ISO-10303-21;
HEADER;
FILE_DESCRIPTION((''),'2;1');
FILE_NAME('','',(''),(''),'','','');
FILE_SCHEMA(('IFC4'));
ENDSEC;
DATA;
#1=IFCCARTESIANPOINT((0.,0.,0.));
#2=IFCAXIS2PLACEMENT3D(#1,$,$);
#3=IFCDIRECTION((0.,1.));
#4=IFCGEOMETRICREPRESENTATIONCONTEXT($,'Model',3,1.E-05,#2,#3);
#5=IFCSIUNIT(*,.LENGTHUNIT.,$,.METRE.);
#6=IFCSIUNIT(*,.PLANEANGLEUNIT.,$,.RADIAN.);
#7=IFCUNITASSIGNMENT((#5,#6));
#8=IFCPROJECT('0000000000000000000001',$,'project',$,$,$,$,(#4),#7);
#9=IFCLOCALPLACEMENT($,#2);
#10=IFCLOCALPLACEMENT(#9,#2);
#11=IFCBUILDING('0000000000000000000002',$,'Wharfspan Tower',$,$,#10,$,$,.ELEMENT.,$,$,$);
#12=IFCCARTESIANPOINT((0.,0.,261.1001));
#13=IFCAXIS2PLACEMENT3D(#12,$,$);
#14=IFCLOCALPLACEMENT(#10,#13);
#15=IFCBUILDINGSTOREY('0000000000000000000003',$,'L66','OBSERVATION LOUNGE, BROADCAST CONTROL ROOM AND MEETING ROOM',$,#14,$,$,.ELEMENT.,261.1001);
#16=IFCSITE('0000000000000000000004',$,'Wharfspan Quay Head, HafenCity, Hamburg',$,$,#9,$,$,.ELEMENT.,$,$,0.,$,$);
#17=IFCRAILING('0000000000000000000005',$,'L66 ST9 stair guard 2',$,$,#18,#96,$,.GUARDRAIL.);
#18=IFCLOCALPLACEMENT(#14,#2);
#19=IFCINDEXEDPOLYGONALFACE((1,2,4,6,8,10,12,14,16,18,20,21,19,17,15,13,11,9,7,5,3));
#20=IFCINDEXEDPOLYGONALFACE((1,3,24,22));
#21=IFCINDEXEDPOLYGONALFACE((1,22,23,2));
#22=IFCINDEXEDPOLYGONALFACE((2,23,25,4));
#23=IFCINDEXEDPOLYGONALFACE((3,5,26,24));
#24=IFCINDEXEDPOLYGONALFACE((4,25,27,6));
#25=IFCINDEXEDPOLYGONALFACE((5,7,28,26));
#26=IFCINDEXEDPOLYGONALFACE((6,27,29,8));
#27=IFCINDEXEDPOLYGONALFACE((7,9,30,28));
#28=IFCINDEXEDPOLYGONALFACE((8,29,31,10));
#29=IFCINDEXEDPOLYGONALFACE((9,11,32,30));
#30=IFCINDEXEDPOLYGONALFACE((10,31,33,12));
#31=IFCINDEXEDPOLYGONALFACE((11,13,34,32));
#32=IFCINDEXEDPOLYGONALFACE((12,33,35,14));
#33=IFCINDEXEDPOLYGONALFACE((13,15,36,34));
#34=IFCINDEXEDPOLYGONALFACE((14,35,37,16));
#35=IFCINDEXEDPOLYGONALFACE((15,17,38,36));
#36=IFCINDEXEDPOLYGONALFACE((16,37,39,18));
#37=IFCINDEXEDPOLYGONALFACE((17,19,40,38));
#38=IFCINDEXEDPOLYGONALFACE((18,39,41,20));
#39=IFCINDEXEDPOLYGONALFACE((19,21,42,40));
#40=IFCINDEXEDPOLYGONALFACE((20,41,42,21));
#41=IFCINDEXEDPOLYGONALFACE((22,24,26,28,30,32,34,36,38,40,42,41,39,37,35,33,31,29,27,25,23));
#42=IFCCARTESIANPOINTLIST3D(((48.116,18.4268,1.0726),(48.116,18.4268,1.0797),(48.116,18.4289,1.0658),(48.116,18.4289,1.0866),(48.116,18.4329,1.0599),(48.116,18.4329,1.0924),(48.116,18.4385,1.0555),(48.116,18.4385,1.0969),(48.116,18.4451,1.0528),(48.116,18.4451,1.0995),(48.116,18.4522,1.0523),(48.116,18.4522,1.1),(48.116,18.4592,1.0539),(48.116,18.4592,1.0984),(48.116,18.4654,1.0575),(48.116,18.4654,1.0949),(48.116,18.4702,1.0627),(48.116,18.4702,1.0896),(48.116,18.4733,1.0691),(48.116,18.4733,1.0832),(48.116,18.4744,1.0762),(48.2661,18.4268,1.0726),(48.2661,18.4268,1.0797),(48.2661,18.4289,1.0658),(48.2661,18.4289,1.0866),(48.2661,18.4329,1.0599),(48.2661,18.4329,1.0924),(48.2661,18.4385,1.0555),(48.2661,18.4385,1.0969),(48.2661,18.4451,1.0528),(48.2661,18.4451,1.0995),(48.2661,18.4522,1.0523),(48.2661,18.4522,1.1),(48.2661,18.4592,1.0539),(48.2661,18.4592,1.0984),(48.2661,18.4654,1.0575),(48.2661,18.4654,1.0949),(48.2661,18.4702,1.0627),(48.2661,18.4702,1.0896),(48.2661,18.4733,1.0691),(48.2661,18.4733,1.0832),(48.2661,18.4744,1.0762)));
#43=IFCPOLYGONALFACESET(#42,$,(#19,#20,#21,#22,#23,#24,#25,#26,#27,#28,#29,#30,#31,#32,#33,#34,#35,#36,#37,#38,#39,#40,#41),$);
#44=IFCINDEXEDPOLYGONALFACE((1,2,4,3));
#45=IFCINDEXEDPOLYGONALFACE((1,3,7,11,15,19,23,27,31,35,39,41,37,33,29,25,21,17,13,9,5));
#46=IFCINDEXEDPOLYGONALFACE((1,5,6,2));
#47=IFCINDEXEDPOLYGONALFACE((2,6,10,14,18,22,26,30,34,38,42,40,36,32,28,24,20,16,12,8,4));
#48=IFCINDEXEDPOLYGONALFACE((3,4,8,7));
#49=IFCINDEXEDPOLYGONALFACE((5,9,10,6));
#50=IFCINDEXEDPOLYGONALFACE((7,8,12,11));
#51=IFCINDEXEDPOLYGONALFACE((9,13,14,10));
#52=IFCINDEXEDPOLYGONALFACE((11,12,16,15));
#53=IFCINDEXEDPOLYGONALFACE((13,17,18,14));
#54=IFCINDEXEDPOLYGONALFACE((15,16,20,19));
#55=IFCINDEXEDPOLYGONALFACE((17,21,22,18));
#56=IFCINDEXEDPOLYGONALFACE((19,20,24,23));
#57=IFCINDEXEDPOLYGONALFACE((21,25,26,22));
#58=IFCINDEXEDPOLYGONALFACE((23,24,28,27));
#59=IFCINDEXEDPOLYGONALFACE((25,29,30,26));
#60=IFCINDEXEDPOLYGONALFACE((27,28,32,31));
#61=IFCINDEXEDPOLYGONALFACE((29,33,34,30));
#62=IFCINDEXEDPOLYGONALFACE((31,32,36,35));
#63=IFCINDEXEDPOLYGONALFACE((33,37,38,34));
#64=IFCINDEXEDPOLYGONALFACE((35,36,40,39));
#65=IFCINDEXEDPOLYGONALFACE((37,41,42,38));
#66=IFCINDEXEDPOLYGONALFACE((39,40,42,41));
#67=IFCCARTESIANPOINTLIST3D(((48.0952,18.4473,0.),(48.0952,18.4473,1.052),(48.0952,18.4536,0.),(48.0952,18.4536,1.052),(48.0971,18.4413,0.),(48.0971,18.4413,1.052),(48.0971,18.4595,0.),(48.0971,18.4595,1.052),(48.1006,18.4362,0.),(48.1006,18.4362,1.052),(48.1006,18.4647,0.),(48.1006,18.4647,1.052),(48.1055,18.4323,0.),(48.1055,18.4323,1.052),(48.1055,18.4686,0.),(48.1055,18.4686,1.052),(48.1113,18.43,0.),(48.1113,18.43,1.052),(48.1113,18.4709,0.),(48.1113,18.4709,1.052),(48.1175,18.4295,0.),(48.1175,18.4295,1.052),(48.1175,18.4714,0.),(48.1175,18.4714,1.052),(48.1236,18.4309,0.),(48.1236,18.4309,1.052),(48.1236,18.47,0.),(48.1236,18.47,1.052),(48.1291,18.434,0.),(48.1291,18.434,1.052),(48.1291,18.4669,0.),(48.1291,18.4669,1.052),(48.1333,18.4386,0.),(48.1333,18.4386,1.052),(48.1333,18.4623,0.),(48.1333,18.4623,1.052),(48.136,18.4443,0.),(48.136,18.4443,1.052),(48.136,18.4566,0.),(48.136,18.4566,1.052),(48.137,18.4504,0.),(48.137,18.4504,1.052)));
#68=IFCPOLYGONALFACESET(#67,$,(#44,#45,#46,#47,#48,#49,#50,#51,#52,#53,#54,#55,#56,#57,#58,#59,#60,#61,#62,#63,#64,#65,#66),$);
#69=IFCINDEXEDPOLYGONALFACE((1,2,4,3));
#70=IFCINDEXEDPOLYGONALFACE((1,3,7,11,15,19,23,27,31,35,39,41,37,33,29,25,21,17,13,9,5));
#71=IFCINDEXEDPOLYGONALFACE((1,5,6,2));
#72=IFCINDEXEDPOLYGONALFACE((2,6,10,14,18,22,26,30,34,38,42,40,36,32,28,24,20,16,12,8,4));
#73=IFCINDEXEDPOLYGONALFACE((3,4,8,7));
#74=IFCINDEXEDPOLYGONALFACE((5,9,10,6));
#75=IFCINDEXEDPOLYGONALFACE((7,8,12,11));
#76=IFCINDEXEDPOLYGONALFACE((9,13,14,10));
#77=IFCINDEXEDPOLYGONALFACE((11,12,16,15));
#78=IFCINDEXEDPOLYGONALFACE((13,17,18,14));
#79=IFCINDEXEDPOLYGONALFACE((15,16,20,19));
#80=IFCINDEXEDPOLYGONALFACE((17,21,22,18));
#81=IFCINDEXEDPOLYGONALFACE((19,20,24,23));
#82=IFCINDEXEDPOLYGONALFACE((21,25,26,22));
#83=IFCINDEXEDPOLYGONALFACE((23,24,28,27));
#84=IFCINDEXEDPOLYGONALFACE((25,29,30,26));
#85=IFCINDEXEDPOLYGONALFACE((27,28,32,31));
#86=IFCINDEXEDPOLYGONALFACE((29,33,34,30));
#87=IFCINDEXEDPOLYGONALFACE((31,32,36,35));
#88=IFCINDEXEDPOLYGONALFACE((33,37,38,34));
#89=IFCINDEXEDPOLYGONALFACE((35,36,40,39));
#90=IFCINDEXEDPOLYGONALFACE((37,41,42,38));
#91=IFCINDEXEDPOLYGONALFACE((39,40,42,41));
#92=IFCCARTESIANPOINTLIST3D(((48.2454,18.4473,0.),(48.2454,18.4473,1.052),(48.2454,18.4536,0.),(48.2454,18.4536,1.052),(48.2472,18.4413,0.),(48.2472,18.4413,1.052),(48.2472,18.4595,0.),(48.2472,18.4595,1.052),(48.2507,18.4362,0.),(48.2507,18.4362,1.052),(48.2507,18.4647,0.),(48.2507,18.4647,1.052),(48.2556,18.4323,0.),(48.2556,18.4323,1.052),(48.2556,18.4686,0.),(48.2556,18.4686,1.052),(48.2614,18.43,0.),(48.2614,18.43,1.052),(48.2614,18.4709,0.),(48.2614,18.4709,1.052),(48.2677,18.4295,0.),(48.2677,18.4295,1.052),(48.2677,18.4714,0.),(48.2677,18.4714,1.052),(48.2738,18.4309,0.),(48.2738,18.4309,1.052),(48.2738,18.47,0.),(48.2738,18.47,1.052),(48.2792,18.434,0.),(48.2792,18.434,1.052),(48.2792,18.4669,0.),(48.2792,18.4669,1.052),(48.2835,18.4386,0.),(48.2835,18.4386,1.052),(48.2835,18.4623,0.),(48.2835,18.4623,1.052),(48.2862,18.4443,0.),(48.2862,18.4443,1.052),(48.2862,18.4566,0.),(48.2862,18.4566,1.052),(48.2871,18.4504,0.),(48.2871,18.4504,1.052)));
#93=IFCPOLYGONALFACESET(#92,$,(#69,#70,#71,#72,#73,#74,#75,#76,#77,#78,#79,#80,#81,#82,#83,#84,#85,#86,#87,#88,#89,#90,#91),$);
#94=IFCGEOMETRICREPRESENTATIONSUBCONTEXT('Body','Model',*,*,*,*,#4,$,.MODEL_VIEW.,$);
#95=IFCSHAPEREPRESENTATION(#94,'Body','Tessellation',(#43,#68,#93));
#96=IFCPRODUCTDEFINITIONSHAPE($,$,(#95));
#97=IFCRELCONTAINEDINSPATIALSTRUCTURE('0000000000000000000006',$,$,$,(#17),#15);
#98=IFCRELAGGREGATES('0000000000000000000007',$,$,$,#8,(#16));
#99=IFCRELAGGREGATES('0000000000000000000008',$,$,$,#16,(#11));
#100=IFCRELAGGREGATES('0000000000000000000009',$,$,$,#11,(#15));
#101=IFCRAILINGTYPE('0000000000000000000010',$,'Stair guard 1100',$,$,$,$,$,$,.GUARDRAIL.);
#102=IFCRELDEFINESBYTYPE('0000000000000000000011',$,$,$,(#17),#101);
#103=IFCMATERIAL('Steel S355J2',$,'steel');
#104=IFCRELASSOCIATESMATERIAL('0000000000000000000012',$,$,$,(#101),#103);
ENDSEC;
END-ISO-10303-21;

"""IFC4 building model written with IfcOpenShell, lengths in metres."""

from ifc_helpers import new_model, si_unit, direction, frame, origin, origin_2d, place, context, subcontext, project, spatial, circle, extrude, material, type_object, element, save


model = new_model("IFC4")

# Units and contexts
model_context = context("Model", 3, precision=1e-05, world=origin(), true_north=direction((0.0, 1.0)))
body_context = subcontext(model_context, "Body", "Model", "MODEL_VIEW")
ifc_project = project(units=[si_unit("LENGTHUNIT", "METRE"), si_unit("PLANEANGLEUNIT", "RADIAN")], contexts=[model_context])

# Site, building, storey
site_placement = place(None, origin())
site = spatial("IfcSite", under=ifc_project, at=site_placement, Name="Wharfspan Quay Head, HafenCity, Hamburg", CompositionType="ELEMENT", RefElevation=0.0)
building_placement = place(site_placement, origin())
building = spatial("IfcBuilding", under=site, at=building_placement, Name="Wharfspan Tower", CompositionType="ELEMENT")
storey_placement = place(building_placement, frame((0.0, 0.0, 261.1001)))
storey = spatial("IfcBuildingStorey", under=building, at=storey_placement, Name="L66", Description="OBSERVATION LOUNGE, BROADCAST CONTROL ROOM AND MEETING ROOM", CompositionType="ELEMENT", Elevation=261.1001)

# Shared definitions
ifc_material_1 = material(Name="Steel S355J2", Category="steel")

# Railing
railing_type_1 = type_object("IfcRailingType", Name="Stair guard 1100", PredefinedType="GUARDRAIL", material=ifc_material_1)
railing_1_placement = place(storey_placement, frame((48.116, 18.4504, 0.0)))
element("IfcRailing", 1, at=railing_1_placement, inside=storey, type_object=railing_type_1, Name="L66 ST9 stair guard 2", PredefinedType="GUARDRAIL", context=body_context, shape_type="SweptSolid", body=[
    extrude(circle(Radius=0.0239, at=origin_2d()), frame((0.0, 0.0, 1.0762), z_axis=(1.0, 0.0, 0.0), x_axis=(0.0, 1.0, 0.0)), (0.0, 0.0, 1.0), 0.1501),
    extrude(circle(Radius=0.021, at=origin_2d()), origin(), (0.0, 0.0, 1.0), 1.052),
    extrude(circle(Radius=0.021, at=origin_2d()), frame((0.1501, 0.0, 0.0)), (0.0, 0.0, 1.0), 1.052),
])

save(model, "model.ifc")
